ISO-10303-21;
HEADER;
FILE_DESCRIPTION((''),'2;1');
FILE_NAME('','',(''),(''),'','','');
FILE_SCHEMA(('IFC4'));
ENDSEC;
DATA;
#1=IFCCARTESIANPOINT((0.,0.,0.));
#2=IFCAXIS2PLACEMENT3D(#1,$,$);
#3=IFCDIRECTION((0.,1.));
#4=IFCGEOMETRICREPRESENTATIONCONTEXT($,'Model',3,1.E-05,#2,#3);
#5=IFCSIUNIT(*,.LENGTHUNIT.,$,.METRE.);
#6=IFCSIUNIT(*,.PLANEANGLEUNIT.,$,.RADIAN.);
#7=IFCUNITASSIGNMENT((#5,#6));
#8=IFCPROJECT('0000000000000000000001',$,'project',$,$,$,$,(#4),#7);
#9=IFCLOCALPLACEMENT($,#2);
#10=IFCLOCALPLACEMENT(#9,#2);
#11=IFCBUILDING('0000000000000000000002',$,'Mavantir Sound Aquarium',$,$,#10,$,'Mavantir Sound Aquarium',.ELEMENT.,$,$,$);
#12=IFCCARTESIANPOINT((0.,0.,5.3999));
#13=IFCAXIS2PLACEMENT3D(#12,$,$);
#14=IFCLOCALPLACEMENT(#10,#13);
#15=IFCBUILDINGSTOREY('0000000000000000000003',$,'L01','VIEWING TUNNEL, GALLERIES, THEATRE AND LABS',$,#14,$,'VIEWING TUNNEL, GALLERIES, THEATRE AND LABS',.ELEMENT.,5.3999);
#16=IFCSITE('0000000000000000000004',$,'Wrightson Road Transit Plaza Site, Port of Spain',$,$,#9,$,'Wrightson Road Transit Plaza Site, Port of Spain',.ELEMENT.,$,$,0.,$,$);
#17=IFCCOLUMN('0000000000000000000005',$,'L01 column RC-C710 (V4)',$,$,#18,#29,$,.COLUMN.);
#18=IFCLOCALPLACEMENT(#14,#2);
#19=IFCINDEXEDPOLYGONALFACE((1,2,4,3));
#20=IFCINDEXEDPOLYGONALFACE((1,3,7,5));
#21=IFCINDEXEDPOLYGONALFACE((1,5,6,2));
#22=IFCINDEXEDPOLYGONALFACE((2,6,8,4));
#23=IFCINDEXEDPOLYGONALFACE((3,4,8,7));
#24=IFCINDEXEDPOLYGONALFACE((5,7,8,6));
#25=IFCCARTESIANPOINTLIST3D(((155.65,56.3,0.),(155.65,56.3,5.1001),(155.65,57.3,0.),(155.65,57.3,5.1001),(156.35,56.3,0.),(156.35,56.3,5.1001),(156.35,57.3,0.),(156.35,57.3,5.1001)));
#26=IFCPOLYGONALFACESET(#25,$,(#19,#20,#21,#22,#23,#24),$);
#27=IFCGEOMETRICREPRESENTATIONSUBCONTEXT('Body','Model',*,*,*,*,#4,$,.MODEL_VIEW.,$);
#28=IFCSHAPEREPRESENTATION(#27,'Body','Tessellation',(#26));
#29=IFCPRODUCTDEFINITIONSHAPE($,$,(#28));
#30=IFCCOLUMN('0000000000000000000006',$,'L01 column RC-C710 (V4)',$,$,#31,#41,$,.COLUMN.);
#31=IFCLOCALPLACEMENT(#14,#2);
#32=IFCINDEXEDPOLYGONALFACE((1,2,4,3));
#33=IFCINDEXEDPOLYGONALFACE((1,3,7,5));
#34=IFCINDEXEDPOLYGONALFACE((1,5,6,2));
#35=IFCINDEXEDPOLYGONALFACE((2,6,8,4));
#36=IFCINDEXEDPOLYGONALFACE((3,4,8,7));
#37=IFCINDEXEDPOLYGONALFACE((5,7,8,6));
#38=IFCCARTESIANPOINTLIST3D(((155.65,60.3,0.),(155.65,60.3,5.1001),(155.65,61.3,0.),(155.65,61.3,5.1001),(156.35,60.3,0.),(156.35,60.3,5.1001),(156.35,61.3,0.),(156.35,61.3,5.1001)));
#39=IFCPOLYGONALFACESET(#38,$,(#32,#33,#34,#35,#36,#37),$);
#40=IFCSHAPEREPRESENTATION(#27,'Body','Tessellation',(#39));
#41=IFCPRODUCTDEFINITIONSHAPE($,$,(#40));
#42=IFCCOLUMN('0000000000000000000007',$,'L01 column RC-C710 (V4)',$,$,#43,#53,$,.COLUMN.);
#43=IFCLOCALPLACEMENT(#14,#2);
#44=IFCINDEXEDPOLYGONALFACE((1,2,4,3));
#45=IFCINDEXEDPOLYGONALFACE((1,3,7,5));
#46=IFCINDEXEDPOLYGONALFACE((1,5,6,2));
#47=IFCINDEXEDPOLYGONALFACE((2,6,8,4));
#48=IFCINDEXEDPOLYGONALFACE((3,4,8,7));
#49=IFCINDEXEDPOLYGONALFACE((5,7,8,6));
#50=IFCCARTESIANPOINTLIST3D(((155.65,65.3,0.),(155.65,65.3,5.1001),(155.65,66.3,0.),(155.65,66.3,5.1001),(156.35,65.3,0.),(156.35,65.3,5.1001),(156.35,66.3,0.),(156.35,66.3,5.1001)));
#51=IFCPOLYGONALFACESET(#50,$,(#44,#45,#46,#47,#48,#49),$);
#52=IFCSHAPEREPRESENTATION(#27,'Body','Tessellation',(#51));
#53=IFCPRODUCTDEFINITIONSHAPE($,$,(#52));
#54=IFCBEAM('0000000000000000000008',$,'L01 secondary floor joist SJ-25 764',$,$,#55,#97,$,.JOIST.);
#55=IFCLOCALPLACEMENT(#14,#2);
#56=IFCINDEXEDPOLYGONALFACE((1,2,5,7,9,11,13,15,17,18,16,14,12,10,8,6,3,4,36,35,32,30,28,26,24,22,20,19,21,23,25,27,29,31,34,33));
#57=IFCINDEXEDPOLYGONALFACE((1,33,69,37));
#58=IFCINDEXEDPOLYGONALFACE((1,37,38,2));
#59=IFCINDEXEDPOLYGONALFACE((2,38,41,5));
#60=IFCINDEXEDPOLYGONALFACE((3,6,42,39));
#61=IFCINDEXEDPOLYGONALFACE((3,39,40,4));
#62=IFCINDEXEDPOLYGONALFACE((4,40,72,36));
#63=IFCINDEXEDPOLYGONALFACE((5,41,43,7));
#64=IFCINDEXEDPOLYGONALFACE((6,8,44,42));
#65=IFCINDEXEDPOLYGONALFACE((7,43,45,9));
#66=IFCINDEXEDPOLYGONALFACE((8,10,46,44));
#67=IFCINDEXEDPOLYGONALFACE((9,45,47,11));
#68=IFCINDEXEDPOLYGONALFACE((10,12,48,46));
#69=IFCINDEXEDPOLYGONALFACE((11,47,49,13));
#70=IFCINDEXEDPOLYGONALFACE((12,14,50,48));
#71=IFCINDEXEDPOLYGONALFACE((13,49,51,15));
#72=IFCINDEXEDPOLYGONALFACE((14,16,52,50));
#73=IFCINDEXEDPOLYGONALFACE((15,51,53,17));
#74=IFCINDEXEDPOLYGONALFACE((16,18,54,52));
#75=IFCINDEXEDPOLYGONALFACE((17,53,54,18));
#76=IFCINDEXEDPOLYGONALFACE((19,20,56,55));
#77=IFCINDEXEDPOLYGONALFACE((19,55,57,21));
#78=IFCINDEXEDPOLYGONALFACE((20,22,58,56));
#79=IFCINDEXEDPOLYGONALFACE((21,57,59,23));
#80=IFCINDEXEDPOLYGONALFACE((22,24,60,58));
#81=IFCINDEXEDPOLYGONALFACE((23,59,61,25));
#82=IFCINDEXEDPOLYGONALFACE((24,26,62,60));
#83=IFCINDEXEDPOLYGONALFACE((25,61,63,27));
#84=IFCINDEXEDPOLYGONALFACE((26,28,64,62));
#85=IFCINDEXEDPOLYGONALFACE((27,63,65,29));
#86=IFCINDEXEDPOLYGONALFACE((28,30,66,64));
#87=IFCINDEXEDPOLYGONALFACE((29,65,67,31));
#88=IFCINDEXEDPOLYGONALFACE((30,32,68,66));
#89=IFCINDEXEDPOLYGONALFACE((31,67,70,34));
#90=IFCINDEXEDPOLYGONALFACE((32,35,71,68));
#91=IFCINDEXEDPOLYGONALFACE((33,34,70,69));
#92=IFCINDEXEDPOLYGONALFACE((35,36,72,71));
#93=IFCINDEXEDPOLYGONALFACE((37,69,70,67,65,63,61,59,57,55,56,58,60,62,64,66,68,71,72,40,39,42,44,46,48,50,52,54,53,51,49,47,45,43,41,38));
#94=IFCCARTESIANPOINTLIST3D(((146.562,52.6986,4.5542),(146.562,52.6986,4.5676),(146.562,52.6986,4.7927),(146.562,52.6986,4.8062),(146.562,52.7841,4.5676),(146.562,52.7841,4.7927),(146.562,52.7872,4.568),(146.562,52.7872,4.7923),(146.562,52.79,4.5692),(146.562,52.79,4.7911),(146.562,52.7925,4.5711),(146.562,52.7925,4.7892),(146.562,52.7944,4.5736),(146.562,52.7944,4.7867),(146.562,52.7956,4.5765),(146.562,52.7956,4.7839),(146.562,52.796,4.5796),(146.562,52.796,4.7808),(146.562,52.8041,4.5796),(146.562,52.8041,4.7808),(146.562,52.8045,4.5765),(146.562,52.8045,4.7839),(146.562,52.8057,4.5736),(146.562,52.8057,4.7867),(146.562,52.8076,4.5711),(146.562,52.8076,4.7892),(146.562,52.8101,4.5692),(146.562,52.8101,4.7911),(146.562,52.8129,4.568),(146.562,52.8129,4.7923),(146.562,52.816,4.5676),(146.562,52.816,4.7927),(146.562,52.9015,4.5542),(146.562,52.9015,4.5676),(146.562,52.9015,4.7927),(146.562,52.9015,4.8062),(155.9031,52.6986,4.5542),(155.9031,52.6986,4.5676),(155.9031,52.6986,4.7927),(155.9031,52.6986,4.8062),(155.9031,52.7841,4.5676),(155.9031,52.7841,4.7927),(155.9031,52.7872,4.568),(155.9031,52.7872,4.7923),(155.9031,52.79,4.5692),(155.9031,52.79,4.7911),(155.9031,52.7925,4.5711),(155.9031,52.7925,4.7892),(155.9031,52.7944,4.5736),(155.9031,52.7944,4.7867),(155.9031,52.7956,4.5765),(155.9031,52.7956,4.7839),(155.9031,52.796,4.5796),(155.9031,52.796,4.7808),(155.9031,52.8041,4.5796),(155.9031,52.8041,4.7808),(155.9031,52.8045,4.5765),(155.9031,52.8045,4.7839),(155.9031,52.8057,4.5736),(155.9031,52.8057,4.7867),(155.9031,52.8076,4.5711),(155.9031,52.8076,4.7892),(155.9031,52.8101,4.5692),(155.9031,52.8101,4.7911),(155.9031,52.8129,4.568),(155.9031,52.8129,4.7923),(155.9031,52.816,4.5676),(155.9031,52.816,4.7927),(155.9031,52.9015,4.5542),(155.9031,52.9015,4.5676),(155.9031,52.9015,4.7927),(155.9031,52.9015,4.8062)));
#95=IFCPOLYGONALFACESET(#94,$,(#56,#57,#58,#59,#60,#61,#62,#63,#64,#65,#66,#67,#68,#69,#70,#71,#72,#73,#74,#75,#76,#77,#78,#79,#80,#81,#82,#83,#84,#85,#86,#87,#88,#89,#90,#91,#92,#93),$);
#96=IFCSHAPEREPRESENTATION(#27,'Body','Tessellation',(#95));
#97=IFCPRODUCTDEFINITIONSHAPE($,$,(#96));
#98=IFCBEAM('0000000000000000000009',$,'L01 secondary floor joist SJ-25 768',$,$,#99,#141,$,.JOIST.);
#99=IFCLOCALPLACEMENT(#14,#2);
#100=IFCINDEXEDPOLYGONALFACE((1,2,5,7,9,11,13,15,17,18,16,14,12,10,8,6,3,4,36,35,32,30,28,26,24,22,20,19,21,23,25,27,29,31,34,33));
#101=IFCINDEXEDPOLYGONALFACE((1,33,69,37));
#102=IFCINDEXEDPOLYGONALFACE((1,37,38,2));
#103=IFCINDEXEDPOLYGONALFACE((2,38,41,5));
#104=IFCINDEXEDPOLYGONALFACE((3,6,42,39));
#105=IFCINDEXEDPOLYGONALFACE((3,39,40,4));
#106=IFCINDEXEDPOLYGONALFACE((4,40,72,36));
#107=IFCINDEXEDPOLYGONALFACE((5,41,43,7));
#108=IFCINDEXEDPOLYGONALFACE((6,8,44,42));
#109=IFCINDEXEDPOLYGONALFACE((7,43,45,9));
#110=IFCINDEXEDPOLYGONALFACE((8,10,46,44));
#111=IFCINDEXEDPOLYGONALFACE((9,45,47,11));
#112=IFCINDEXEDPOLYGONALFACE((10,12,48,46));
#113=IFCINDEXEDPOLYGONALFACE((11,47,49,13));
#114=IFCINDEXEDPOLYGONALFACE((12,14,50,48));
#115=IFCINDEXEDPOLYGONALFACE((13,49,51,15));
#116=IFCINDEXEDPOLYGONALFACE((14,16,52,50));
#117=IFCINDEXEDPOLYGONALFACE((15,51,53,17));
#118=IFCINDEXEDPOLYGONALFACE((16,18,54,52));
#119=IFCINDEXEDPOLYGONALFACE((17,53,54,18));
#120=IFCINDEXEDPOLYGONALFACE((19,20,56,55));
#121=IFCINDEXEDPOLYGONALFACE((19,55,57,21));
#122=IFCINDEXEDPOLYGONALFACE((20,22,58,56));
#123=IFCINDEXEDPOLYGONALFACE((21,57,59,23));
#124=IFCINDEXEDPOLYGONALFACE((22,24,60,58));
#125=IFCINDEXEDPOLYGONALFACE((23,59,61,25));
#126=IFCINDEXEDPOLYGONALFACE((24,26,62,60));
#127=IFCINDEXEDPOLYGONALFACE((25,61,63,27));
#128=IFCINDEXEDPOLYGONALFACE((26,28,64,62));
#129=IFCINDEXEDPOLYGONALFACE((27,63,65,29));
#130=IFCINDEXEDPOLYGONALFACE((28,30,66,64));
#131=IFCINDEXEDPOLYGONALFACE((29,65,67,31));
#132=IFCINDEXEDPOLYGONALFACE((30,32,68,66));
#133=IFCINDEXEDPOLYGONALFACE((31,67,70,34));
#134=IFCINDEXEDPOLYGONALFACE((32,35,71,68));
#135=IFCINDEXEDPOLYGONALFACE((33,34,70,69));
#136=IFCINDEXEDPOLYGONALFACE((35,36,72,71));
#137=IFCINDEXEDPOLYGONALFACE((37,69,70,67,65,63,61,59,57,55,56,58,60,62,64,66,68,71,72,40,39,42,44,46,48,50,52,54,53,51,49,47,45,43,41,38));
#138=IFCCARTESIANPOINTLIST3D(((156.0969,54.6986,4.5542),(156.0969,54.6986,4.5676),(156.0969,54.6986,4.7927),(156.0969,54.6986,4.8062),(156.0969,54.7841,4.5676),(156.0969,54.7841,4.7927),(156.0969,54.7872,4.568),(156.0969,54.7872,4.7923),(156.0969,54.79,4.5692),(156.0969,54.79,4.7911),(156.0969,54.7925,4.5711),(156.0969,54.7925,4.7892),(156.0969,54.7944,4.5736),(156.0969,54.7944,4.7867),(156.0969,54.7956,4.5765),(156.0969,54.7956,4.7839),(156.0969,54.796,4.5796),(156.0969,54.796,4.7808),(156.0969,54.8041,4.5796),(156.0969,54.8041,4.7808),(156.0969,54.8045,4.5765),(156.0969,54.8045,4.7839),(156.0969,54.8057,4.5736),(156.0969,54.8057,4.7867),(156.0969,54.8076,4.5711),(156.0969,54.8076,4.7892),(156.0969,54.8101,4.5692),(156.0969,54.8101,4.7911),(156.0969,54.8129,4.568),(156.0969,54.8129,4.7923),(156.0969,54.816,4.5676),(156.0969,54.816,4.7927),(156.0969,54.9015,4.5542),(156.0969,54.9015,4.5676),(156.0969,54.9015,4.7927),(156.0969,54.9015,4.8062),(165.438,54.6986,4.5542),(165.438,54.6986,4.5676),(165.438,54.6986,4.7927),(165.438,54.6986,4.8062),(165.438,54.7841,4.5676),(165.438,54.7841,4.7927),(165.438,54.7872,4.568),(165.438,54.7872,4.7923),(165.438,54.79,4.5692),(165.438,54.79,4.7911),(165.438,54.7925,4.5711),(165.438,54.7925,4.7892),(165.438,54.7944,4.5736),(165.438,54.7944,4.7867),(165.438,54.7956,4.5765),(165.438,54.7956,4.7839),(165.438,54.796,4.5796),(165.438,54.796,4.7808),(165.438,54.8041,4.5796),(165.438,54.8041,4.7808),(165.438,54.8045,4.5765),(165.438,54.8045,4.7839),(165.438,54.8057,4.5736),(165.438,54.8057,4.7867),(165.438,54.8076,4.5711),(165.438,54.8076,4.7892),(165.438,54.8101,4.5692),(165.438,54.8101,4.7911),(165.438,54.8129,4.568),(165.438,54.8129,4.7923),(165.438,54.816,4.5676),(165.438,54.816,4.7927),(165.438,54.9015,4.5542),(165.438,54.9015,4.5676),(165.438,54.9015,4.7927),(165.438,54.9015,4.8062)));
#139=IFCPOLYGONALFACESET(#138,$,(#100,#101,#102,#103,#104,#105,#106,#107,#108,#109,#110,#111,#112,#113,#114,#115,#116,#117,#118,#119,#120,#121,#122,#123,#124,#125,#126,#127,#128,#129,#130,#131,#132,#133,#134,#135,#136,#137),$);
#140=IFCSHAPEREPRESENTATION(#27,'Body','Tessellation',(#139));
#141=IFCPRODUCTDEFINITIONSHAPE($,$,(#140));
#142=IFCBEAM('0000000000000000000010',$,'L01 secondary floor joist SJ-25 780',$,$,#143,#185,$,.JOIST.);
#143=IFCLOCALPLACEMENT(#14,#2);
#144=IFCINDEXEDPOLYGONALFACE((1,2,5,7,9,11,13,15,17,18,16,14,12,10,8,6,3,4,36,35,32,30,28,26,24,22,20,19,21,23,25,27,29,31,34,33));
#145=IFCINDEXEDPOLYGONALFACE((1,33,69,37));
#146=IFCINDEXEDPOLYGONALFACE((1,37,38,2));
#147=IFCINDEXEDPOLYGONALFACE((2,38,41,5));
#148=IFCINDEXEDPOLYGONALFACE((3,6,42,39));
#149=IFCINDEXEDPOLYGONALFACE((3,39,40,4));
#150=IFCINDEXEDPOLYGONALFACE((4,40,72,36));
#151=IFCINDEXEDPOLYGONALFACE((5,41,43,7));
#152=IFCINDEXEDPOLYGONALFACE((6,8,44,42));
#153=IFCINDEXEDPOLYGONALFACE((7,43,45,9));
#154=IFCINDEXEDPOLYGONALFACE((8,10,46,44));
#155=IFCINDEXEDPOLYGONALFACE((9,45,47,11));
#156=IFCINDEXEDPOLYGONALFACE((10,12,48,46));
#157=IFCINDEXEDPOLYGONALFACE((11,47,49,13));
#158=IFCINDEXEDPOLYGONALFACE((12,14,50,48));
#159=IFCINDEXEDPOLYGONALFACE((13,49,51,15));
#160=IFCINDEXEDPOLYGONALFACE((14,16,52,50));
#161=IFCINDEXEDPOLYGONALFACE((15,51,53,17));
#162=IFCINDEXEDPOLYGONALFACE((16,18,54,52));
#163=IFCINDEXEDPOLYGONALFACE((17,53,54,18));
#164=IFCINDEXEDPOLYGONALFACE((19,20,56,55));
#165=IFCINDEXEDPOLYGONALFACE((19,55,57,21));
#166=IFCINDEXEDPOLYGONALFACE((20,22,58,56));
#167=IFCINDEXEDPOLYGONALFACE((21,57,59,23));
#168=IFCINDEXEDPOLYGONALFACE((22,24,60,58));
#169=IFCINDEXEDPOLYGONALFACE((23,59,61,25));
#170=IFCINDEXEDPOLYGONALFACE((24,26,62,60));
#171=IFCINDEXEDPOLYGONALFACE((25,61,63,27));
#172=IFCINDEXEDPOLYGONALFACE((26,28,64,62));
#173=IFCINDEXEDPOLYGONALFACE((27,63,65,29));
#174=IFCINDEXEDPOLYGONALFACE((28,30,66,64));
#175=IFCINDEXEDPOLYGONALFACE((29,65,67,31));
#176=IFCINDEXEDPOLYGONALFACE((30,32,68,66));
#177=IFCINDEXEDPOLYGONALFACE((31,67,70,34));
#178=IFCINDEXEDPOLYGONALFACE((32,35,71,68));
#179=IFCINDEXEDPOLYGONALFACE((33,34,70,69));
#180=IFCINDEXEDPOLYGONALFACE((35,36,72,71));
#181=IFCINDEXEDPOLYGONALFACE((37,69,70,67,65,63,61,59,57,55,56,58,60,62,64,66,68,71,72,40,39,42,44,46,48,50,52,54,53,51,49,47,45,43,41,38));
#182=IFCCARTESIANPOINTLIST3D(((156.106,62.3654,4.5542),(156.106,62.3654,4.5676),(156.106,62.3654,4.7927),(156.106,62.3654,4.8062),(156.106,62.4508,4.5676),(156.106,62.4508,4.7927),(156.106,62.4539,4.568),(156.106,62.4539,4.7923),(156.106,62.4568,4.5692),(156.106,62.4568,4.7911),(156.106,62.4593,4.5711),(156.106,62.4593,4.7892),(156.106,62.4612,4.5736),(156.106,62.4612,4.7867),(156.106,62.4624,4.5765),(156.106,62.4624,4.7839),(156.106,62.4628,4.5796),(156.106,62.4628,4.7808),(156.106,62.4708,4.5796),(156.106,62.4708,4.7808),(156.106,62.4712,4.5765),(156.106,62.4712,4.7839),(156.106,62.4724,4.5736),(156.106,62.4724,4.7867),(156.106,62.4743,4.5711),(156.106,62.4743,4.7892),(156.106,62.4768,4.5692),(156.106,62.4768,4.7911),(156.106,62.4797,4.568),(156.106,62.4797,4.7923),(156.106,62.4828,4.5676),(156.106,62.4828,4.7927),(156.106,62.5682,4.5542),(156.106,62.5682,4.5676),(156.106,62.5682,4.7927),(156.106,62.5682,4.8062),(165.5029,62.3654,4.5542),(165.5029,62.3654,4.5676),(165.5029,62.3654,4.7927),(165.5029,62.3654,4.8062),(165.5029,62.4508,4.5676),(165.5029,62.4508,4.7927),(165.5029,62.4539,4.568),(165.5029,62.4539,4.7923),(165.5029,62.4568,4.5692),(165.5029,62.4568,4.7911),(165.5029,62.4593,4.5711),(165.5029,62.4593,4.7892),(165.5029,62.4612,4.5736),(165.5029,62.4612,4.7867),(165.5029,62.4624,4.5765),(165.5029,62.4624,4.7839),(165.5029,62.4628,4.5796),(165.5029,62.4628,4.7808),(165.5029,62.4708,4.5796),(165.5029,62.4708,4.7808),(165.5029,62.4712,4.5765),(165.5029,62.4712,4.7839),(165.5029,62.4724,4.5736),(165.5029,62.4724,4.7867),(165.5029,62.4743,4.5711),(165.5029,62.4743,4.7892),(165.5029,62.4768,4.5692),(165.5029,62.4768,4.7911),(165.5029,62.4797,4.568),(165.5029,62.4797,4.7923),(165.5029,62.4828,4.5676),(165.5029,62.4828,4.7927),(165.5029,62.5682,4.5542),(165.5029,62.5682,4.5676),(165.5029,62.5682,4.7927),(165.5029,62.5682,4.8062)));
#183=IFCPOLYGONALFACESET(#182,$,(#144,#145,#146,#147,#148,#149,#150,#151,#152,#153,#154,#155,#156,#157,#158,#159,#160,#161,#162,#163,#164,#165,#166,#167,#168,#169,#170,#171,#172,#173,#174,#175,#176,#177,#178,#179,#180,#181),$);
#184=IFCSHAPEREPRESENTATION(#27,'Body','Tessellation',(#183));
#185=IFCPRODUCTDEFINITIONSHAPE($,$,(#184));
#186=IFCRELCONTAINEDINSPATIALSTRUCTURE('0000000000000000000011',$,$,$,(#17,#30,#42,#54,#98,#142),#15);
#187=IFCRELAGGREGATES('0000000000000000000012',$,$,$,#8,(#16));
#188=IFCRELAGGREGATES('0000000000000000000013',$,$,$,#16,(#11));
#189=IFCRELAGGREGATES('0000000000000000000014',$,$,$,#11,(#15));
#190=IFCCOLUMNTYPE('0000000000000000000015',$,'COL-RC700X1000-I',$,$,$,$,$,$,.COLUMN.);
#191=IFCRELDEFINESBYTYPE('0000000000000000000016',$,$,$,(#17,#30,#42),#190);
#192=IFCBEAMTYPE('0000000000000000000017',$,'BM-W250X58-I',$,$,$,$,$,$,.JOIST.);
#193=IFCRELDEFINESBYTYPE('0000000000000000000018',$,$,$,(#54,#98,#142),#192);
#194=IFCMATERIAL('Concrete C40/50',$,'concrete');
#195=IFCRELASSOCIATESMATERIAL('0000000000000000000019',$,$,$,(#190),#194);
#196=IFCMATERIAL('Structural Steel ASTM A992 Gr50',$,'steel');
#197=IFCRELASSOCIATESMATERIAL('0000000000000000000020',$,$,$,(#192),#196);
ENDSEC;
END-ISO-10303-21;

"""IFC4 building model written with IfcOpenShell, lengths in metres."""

from ifc_helpers import new_model, si_unit, direction, frame, origin, origin_2d, place, context, subcontext, project, spatial, rectangle, i_section, extrude, material, material_profile, profile_set, type_object, element, save


model = new_model("IFC4")

# Units and contexts
model_context = context("Model", 3, precision=1e-05, world=origin(), true_north=direction((0.0, 1.0)))
body_context = subcontext(model_context, "Body", "Model", "MODEL_VIEW")
ifc_project = project(units=[si_unit("LENGTHUNIT", "METRE"), si_unit("PLANEANGLEUNIT", "RADIAN")], contexts=[model_context])

# Site, building, storey
site_placement = place(None, origin())
site = spatial("IfcSite", under=ifc_project, at=site_placement, Name="Wrightson Road Transit Plaza Site, Port of Spain", LongName="Wrightson Road Transit Plaza Site, Port of Spain", CompositionType="ELEMENT", RefElevation=0.0)
building_placement = place(site_placement, origin())
building = spatial("IfcBuilding", under=site, at=building_placement, Name="Mavantir Sound Aquarium", LongName="Mavantir Sound Aquarium", CompositionType="ELEMENT")
storey_placement = place(building_placement, frame((0.0, 0.0, 5.3999)))
storey = spatial("IfcBuildingStorey", under=building, at=storey_placement, Name="L01", Description="VIEWING TUNNEL, GALLERIES, THEATRE AND LABS", LongName="VIEWING TUNNEL, GALLERIES, THEATRE AND LABS", CompositionType="ELEMENT", Elevation=5.3999)

# Columns
ifc_material_1 = material(Name="Concrete C40/50", Category="concrete")
ifc_material_profile_1 = material_profile(ifc_material_1, rectangle(XDim=0.7, YDim=1.0, at=origin_2d()), Name="RC 700X1000")
ifc_profile_set_1 = profile_set([ifc_material_profile_1], Name="Concrete C40/50")
column_type = type_object("IfcColumnType", Name="COL-RC700X1000-I", PredefinedType="COLUMN", material=ifc_profile_set_1)
for number, where, z_axis, x_axis, name in (
    (1, (156.0, 56.8, 0.0), (0.0, 0.0, 1.0), (1.0, 0.0, 0.0), "L01 column RC-C710 (V4)"),
    (2, (156.0, 60.8, 0.0), (0.0, 0.0, 1.0), (1.0, 0.0, 0.0), "L01 column RC-C710 (V4)"),
    (3, (156.0, 65.8, 0.0), (0.0, 0.0, 1.0), (1.0, 0.0, 0.0), "L01 column RC-C710 (V4)"),
):
    element("IfcColumn", number, at=place(storey_placement, frame(where, z_axis=z_axis, x_axis=x_axis)), inside=storey, type_object=column_type, Name=name, PredefinedType="COLUMN", context=body_context, shape_type="SweptSolid", body=[
        extrude(rectangle(XDim=0.7, YDim=1.0, at=origin_2d()), origin(), (0.0, 0.0, 1.0), 5.1001),
    ])

# Beams
ifc_material_2 = material(Name="Structural Steel ASTM A992 Gr50", Category="steel")
ifc_material_profile_2 = material_profile(ifc_material_2, i_section(OverallWidth=0.2029, OverallDepth=0.252, WebThickness=0.0081, FlangeThickness=0.0134, FilletRadius=0.012, at=origin_2d()), Name="W250X58")
ifc_profile_set_2 = profile_set([ifc_material_profile_2], Name="Structural Steel ASTM A992 Gr50")
beam_type_1 = type_object("IfcBeamType", Name="BM-W250X58-I", PredefinedType="JOIST", material=ifc_profile_set_2)
for number, where, z_axis, x_axis, name in (
    (4, (146.562, 52.8, 4.6802), (1.0, 0.0, 0.0), (0.0, 1.0, 0.0), "L01 secondary floor joist SJ-25 764"),
    (5, (156.0969, 54.8, 4.6802), (1.0, 0.0, 0.0), (0.0, 1.0, 0.0), "L01 secondary floor joist SJ-25 768"),
):
    element("IfcBeam", number, at=place(storey_placement, frame(where, z_axis=z_axis, x_axis=x_axis)), inside=storey, type_object=beam_type_1, Name=name, PredefinedType="JOIST", context=body_context, shape_type="SweptSolid", body=[
        extrude(i_section(OverallWidth=0.2029, OverallDepth=0.252, WebThickness=0.0081, FlangeThickness=0.0134, FilletRadius=0.012, at=origin_2d()), origin(), (0.0, 0.0, 1.0), 9.3411),
    ])
beam_1_placement = place(storey_placement, frame((156.106, 62.4668, 4.6802), z_axis=(1.0, 0.0, 0.0), x_axis=(0.0, 1.0, 0.0)))
element("IfcBeam", 6, at=beam_1_placement, inside=storey, type_object=beam_type_1, Name="L01 secondary floor joist SJ-25 780", PredefinedType="JOIST", context=body_context, shape_type="SweptSolid", body=[
    extrude(i_section(OverallWidth=0.2029, OverallDepth=0.252, WebThickness=0.0081, FlangeThickness=0.0134, FilletRadius=0.012, at=origin_2d()), origin(), (0.0, 0.0, 1.0), 9.397),
])

save(model, "model.ifc")
